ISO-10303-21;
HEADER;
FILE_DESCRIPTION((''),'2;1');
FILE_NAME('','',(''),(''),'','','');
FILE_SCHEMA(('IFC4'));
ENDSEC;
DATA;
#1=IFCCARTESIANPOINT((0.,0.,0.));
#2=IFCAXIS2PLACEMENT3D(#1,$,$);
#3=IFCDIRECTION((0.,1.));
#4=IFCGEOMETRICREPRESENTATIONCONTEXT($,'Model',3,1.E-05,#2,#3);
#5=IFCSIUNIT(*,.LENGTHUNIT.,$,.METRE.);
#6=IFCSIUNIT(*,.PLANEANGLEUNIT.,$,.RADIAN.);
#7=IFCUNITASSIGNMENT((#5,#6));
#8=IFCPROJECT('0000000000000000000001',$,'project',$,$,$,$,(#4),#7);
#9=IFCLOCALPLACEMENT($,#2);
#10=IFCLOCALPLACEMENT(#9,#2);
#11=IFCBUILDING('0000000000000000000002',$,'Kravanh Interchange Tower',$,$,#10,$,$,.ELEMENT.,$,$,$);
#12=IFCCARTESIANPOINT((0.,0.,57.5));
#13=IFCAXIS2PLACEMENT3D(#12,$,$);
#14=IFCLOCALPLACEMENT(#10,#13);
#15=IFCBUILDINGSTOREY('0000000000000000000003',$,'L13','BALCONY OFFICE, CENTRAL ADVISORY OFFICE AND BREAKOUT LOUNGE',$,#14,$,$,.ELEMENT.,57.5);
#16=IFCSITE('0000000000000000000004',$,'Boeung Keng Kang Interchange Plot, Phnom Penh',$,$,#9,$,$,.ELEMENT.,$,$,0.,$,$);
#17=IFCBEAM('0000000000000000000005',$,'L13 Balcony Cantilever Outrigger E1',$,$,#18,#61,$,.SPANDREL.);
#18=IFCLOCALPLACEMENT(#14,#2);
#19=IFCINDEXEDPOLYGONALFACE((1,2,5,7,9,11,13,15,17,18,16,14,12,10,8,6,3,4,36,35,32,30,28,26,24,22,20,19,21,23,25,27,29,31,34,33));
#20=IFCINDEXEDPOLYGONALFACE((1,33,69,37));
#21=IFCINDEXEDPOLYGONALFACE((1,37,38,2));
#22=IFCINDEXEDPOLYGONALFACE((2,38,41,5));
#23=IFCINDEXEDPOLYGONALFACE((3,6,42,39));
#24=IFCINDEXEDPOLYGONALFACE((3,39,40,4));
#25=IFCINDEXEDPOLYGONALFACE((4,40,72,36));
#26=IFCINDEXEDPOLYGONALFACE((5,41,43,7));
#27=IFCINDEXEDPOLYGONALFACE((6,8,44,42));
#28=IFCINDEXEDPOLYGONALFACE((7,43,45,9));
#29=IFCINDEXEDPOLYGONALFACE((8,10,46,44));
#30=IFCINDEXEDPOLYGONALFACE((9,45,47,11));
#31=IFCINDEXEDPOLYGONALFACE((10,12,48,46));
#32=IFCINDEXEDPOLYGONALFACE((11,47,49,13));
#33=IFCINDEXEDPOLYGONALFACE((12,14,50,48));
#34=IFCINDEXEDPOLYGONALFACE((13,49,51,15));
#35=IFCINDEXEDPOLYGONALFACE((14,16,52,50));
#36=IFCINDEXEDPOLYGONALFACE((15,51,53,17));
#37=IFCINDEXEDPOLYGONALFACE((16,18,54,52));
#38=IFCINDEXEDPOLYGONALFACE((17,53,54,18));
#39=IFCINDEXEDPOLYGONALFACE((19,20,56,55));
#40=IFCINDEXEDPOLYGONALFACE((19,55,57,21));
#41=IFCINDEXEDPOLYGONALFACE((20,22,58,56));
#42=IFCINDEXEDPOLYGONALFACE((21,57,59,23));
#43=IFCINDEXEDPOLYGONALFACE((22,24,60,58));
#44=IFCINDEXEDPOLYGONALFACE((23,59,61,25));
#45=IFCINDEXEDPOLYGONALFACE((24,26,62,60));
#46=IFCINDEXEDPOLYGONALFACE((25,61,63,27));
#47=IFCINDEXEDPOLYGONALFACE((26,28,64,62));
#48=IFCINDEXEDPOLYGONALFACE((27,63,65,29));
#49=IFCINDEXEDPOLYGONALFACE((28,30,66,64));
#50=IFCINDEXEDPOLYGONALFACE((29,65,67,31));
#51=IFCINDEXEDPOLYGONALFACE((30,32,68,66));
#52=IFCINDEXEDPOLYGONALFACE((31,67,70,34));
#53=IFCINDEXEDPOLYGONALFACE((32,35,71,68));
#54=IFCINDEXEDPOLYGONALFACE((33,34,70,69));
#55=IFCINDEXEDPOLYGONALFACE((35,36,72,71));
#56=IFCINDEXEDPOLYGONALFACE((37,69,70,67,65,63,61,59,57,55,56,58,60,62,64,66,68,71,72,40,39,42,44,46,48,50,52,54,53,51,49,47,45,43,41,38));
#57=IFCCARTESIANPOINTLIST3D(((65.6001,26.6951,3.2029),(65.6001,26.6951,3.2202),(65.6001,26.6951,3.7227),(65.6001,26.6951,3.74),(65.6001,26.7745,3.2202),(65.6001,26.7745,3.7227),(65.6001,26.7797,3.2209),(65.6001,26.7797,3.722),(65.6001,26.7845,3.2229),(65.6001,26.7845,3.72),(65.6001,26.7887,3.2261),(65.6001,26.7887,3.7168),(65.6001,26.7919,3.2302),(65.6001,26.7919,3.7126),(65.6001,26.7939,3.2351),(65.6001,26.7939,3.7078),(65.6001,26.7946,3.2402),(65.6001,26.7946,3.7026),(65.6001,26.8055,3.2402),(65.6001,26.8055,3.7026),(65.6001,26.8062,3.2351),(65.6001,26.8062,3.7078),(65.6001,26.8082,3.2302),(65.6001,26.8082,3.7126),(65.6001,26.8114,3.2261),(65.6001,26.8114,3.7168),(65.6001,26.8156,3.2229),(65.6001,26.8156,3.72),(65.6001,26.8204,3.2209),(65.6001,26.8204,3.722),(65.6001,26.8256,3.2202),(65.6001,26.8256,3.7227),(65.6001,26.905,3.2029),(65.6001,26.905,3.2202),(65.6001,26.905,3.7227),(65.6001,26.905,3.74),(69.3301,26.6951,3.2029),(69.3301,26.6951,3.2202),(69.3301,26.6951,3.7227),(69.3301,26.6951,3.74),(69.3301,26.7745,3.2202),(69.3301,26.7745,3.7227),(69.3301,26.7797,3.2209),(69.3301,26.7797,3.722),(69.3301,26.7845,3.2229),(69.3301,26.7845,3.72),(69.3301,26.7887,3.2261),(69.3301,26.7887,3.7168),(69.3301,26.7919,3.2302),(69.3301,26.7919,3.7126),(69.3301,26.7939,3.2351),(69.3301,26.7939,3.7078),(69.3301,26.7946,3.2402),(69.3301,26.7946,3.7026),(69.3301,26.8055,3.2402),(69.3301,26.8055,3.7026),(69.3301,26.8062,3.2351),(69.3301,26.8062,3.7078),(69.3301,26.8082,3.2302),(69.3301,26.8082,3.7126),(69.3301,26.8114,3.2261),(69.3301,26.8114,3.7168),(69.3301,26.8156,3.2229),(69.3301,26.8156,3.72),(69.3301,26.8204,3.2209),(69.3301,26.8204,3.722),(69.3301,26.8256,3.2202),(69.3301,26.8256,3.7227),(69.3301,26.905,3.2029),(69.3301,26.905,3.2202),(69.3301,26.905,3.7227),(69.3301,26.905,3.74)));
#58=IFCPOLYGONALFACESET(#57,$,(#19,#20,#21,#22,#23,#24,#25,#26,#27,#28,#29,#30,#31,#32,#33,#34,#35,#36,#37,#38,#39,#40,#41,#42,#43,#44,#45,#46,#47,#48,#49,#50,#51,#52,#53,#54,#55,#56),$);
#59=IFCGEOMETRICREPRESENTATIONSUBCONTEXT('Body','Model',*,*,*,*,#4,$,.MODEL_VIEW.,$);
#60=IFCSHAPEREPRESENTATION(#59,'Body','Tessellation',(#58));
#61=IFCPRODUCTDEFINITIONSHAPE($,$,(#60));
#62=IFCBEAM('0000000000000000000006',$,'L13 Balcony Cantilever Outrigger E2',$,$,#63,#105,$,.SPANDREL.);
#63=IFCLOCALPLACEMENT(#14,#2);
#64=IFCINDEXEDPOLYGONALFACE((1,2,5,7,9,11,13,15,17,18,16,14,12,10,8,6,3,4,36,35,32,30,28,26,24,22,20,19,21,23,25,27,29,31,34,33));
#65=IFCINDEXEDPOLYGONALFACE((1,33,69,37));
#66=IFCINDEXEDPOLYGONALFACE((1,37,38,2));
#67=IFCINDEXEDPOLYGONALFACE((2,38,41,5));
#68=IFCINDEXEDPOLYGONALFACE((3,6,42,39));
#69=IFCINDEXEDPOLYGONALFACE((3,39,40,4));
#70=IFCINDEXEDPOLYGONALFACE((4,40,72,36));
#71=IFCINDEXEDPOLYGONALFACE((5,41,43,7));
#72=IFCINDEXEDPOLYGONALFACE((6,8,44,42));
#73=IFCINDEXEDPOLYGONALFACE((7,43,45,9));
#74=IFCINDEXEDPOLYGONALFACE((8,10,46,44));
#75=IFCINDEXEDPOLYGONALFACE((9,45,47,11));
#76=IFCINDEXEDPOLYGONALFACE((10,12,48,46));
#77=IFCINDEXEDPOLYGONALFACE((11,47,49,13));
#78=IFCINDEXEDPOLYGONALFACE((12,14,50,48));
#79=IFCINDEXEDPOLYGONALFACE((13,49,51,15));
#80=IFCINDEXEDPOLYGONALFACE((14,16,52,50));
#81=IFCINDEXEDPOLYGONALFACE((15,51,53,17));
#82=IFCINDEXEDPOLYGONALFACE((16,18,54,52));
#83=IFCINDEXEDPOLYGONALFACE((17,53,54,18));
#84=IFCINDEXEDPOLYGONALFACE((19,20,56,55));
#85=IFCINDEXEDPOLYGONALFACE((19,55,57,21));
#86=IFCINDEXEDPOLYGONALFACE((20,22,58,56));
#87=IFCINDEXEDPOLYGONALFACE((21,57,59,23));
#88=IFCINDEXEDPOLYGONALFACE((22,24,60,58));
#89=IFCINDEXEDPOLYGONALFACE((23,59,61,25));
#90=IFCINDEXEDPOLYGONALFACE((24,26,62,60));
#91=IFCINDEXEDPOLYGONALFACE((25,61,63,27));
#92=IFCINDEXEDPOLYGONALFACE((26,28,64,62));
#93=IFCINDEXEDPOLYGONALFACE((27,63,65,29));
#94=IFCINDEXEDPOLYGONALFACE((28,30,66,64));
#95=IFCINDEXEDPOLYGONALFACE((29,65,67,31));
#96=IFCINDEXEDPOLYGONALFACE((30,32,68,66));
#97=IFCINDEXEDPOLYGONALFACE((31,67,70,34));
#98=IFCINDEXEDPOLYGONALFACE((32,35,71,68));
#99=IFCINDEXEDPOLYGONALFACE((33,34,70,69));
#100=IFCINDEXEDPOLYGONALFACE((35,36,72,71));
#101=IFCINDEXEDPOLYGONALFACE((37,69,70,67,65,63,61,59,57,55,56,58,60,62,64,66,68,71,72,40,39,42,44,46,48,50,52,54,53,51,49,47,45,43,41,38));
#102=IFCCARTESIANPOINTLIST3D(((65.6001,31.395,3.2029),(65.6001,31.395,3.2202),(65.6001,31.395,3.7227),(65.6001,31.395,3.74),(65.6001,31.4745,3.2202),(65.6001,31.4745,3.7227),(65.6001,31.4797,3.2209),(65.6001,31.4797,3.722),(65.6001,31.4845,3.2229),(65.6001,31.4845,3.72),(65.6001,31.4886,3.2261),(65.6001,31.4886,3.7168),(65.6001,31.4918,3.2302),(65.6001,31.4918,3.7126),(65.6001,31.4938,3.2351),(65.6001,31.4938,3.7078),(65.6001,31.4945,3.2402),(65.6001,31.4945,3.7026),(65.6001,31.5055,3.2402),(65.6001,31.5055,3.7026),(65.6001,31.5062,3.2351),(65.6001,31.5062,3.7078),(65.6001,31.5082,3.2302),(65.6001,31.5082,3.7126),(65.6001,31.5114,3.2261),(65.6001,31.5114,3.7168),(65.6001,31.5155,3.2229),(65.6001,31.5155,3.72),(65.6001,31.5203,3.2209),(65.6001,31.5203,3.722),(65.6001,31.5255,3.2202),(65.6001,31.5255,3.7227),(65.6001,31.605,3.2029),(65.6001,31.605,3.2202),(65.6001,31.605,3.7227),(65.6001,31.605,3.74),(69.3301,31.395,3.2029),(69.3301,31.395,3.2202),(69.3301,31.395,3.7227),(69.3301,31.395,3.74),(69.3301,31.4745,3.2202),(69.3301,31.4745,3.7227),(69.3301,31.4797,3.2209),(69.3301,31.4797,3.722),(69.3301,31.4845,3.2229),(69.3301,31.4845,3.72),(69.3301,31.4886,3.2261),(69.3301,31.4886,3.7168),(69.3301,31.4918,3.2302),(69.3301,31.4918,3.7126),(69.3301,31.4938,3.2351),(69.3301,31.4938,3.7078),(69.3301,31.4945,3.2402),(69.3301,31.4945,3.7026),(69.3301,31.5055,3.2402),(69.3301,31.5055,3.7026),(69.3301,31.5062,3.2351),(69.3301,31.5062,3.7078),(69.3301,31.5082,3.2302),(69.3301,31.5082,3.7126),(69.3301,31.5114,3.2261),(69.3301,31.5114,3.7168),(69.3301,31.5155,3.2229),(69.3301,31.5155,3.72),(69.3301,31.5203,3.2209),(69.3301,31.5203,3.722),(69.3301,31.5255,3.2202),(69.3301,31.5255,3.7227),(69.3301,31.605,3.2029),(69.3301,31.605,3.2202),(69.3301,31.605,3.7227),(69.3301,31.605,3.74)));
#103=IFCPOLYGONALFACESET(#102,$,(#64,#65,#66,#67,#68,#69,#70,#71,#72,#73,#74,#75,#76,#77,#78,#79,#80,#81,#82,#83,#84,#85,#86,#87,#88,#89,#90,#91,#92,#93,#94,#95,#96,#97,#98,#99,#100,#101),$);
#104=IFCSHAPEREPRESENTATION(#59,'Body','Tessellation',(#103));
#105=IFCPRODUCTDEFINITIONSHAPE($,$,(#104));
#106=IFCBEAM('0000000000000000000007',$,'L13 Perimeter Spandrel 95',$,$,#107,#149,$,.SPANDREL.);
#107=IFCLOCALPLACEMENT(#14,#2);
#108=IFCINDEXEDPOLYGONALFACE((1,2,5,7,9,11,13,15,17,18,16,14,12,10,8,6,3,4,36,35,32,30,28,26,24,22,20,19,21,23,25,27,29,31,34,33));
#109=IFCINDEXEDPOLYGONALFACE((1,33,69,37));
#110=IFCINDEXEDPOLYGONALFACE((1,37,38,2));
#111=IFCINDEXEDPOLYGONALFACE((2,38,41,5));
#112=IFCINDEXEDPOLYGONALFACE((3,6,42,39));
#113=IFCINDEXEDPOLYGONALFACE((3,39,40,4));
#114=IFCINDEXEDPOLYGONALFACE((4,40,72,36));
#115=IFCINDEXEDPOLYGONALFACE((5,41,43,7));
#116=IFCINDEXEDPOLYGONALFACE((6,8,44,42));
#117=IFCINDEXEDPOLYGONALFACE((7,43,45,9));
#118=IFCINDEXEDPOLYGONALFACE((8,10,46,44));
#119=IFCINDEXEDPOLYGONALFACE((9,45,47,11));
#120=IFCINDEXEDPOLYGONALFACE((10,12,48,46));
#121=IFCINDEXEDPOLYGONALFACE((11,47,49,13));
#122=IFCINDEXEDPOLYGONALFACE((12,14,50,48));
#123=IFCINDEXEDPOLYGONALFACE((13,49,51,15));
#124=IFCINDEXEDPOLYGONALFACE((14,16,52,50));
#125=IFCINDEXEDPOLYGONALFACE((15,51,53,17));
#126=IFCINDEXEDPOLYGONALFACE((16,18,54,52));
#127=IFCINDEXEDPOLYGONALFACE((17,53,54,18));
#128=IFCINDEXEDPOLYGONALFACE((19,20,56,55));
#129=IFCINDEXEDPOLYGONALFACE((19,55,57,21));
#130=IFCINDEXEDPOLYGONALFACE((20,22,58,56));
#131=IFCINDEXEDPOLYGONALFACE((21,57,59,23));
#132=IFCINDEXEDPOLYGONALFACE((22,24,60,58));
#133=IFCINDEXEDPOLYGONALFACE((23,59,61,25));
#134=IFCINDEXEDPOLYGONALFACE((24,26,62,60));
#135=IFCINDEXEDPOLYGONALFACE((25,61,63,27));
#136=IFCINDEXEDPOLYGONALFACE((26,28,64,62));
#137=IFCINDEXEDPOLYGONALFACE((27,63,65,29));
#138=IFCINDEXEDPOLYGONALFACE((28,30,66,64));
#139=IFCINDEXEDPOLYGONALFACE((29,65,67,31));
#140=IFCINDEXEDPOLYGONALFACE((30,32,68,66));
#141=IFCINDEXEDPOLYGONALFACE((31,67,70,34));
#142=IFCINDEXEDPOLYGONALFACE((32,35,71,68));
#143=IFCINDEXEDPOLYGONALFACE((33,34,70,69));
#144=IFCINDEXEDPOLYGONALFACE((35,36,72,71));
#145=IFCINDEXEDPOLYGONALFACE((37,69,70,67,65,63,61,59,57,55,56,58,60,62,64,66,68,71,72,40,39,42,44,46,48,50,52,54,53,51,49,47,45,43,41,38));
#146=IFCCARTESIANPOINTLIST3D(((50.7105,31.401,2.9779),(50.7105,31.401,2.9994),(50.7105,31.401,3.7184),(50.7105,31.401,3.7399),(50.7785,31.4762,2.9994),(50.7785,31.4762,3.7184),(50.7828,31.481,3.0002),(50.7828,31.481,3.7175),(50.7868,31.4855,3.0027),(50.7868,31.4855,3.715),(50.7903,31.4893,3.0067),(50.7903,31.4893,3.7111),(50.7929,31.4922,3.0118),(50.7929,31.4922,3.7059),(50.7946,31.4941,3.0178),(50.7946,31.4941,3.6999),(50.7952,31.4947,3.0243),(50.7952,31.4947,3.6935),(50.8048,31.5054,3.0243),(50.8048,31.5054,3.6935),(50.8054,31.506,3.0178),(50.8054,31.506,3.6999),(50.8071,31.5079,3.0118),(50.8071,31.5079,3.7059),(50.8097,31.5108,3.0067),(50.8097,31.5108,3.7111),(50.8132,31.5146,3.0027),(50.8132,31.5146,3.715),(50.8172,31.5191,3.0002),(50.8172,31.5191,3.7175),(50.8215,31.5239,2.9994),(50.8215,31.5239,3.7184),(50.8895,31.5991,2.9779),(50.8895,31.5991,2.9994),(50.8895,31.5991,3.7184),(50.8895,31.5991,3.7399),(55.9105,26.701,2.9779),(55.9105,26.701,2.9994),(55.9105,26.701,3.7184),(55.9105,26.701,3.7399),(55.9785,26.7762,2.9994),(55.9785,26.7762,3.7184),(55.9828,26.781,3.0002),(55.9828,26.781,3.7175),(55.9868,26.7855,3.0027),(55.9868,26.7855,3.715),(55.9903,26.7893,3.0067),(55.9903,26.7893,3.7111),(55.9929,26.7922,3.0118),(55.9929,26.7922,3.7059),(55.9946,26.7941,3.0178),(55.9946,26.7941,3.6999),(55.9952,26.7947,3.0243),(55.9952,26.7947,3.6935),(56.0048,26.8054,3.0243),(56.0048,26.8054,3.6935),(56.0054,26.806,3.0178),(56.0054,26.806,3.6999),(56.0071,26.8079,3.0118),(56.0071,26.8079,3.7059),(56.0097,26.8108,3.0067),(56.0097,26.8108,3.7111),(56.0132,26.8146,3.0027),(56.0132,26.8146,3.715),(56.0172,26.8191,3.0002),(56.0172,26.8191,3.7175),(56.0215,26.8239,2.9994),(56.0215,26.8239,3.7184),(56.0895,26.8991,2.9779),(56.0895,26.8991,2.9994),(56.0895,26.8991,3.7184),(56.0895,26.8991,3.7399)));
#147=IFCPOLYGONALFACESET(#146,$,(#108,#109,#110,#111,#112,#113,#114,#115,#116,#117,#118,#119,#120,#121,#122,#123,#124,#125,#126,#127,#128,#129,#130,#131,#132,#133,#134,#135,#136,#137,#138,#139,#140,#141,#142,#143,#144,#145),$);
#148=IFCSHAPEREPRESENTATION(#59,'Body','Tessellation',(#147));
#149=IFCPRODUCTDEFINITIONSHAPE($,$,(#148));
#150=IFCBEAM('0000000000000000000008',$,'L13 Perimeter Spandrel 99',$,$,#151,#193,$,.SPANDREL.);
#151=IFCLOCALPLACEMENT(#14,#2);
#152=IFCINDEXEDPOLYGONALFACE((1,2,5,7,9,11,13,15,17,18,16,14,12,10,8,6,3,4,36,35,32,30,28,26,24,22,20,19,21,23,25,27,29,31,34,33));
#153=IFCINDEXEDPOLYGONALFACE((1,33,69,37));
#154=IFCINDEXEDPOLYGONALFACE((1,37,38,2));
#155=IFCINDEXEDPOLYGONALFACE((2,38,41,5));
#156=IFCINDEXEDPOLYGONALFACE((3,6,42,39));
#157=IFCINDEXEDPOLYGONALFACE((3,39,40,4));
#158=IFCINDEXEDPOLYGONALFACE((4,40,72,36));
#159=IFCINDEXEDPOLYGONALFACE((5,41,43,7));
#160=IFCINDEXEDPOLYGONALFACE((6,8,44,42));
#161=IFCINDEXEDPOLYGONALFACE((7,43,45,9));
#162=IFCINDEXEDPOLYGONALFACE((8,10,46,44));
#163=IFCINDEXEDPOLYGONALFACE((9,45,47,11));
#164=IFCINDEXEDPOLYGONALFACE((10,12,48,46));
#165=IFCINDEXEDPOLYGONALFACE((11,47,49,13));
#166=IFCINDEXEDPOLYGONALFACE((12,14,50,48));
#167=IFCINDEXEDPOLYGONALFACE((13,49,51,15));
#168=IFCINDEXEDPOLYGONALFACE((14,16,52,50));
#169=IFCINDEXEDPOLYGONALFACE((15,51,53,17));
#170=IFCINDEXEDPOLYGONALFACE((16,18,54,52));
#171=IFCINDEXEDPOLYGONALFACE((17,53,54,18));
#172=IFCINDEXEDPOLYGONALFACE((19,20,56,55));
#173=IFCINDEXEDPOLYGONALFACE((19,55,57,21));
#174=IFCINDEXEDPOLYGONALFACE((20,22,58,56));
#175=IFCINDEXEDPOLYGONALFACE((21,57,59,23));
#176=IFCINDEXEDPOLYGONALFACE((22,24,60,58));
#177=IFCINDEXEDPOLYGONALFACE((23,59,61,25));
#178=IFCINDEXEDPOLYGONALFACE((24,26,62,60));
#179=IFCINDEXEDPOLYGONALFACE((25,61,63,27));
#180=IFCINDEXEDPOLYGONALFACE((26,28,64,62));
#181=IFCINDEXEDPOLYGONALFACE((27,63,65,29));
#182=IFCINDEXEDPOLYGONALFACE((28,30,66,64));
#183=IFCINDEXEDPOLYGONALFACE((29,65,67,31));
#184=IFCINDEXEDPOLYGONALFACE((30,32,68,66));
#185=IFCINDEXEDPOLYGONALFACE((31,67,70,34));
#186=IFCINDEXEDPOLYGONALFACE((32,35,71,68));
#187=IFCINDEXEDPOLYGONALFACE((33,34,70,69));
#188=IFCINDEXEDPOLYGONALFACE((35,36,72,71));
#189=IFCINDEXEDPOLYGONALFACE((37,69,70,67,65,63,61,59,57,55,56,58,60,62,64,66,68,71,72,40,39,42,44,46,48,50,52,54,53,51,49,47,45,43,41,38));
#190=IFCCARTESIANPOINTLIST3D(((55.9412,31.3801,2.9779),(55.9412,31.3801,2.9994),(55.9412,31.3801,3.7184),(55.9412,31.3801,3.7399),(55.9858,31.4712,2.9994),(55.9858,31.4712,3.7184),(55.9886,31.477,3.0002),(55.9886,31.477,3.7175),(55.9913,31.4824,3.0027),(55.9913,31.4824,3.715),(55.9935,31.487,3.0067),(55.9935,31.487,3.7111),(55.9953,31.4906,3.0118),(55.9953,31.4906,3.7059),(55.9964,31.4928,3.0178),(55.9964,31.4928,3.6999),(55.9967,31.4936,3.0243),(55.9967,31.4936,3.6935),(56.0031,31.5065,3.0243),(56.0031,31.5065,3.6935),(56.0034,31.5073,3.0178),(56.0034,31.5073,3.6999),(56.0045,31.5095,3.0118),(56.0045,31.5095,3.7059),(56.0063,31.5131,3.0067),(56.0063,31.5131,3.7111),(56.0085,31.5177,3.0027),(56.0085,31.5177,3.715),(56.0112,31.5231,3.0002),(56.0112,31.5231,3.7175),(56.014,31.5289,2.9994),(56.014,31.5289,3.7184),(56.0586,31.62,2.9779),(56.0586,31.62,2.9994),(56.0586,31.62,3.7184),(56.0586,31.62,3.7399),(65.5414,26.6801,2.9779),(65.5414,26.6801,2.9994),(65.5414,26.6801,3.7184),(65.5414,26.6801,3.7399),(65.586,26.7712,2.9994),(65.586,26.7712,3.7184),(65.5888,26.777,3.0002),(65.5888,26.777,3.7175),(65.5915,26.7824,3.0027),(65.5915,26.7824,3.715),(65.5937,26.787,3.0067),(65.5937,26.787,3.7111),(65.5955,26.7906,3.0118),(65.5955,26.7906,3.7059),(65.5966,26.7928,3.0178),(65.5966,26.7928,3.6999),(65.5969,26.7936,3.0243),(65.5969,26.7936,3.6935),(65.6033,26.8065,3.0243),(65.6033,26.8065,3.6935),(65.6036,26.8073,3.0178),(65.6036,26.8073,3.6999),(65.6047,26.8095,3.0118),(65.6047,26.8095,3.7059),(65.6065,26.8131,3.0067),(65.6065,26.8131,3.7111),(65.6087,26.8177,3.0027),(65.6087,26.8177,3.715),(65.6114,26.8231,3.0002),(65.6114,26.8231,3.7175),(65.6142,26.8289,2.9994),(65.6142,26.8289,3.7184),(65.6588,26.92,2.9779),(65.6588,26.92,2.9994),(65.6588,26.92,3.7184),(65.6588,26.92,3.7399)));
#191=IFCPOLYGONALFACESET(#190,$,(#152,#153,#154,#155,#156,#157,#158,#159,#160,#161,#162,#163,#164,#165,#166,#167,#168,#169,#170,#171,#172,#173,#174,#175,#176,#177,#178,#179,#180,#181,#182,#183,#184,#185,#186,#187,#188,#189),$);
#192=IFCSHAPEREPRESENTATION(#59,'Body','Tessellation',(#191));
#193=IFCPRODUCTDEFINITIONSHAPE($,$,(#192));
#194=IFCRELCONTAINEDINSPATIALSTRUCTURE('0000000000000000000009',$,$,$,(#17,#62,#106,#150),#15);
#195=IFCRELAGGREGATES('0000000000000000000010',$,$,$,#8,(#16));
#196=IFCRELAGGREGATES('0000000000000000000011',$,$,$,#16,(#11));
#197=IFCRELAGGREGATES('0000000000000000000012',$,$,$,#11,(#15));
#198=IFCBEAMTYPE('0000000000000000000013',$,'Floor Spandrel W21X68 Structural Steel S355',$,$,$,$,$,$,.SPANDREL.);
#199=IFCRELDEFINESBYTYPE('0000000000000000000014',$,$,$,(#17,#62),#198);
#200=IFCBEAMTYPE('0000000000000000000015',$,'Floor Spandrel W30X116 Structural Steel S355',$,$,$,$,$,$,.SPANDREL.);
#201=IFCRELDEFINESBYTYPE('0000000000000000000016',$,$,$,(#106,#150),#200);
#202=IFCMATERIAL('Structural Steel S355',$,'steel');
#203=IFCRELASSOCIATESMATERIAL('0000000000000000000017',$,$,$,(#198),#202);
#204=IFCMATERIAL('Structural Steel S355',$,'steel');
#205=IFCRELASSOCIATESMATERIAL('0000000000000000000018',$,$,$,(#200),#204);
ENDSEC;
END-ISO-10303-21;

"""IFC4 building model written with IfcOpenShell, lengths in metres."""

from ifc_helpers import new_model, si_unit, direction, frame, origin, origin_2d, place, context, subcontext, project, spatial, i_section, extrude, material, material_profile, profile_set, type_object, element, save


model = new_model("IFC4")

# Units and contexts
model_context = context("Model", 3, precision=1e-05, world=origin(), true_north=direction((0.0, 1.0)))
body_context = subcontext(model_context, "Body", "Model", "MODEL_VIEW")
ifc_project = project(units=[si_unit("LENGTHUNIT", "METRE"), si_unit("PLANEANGLEUNIT", "RADIAN")], contexts=[model_context])

# Site, building, storey
site_placement = place(None, origin())
site = spatial("IfcSite", under=ifc_project, at=site_placement, Name="Boeung Keng Kang Interchange Plot, Phnom Penh", CompositionType="ELEMENT", RefElevation=0.0)
building_placement = place(site_placement, origin())
building = spatial("IfcBuilding", under=site, at=building_placement, Name="Kravanh Interchange Tower", CompositionType="ELEMENT")
storey_placement = place(building_placement, frame((0.0, 0.0, 57.5)))
storey = spatial("IfcBuildingStorey", under=building, at=storey_placement, Name="L13", Description="BALCONY OFFICE, CENTRAL ADVISORY OFFICE AND BREAKOUT LOUNGE", CompositionType="ELEMENT", Elevation=57.5)

# Beams
ifc_material_1 = material(Name="Structural Steel S355", Category="steel")
ifc_material_profile_1 = material_profile(ifc_material_1, i_section(OverallWidth=0.21, OverallDepth=0.5371, WebThickness=0.011, FlangeThickness=0.0173, FilletRadius=0.02, at=origin_2d()), Name="W21X68")
ifc_profile_set_1 = profile_set([ifc_material_profile_1], Name="Structural Steel S355")
beam_type_1 = type_object("IfcBeamType", Name="Floor Spandrel W21X68 Structural Steel S355", PredefinedType="SPANDREL", material=ifc_profile_set_1)
for number, where, z_axis, x_axis, name in (
    (1, (65.6001, 26.8, 3.4714), (1.0, 0.0, 0.0), (0.0, 1.0, 0.0), "L13 Balcony Cantilever Outrigger E1"),
    (2, (65.6001, 31.5, 3.4714), (1.0, 0.0, 0.0), (0.0, 1.0, 0.0), "L13 Balcony Cantilever Outrigger E2"),
):
    element("IfcBeam", number, at=place(storey_placement, frame(where, z_axis=z_axis, x_axis=x_axis)), inside=storey, type_object=beam_type_1, Name=name, PredefinedType="SPANDREL", context=body_context, shape_type="SweptSolid", body=[
        extrude(i_section(OverallWidth=0.21, OverallDepth=0.5371, WebThickness=0.011, FlangeThickness=0.0173, FilletRadius=0.02, at=origin_2d()), origin(), (0.0, 0.0, 1.0), 3.73),
    ])
ifc_material_2 = material(Name="Structural Steel S355", Category="steel")
ifc_material_profile_2 = material_profile(ifc_material_2, i_section(OverallWidth=0.2671, OverallDepth=0.762, WebThickness=0.0144, FlangeThickness=0.0215, FilletRadius=0.0249, at=origin_2d()), Name="W30X116")
ifc_profile_set_2 = profile_set([ifc_material_profile_2], Name="Structural Steel S355")
beam_type_2 = type_object("IfcBeamType", Name="Floor Spandrel W30X116 Structural Steel S355", PredefinedType="SPANDREL", material=ifc_profile_set_2)
beam_1_placement = place(storey_placement, frame((56.0, 26.8, 3.3589), z_axis=(-0.741874, 0.670539, 0.0), x_axis=(-0.670539, -0.741874, 0.0)))
element("IfcBeam", 3, at=beam_1_placement, inside=storey, type_object=beam_type_2, Name="L13 Perimeter Spandrel 95", PredefinedType="SPANDREL", context=body_context, shape_type="SweptSolid", body=[
    extrude(i_section(OverallWidth=0.2671, OverallDepth=0.762, WebThickness=0.0144, FlangeThickness=0.0215, FilletRadius=0.0249, at=origin_2d()), origin(), (0.0, 0.0, 1.0), 7.0093),
])
beam_2_placement = place(storey_placement, frame((65.6001, 26.8, 3.3589), z_axis=(-0.898142, 0.439706, 0.0), x_axis=(-0.439706, -0.898142, 0.0)))
element("IfcBeam", 4, at=beam_2_placement, inside=storey, type_object=beam_type_2, Name="L13 Perimeter Spandrel 99", PredefinedType="SPANDREL", context=body_context, shape_type="SweptSolid", body=[
    extrude(i_section(OverallWidth=0.2671, OverallDepth=0.762, WebThickness=0.0144, FlangeThickness=0.0215, FilletRadius=0.0249, at=origin_2d()), origin(), (0.0, 0.0, 1.0), 10.689),
])

save(model, "model.ifc")
